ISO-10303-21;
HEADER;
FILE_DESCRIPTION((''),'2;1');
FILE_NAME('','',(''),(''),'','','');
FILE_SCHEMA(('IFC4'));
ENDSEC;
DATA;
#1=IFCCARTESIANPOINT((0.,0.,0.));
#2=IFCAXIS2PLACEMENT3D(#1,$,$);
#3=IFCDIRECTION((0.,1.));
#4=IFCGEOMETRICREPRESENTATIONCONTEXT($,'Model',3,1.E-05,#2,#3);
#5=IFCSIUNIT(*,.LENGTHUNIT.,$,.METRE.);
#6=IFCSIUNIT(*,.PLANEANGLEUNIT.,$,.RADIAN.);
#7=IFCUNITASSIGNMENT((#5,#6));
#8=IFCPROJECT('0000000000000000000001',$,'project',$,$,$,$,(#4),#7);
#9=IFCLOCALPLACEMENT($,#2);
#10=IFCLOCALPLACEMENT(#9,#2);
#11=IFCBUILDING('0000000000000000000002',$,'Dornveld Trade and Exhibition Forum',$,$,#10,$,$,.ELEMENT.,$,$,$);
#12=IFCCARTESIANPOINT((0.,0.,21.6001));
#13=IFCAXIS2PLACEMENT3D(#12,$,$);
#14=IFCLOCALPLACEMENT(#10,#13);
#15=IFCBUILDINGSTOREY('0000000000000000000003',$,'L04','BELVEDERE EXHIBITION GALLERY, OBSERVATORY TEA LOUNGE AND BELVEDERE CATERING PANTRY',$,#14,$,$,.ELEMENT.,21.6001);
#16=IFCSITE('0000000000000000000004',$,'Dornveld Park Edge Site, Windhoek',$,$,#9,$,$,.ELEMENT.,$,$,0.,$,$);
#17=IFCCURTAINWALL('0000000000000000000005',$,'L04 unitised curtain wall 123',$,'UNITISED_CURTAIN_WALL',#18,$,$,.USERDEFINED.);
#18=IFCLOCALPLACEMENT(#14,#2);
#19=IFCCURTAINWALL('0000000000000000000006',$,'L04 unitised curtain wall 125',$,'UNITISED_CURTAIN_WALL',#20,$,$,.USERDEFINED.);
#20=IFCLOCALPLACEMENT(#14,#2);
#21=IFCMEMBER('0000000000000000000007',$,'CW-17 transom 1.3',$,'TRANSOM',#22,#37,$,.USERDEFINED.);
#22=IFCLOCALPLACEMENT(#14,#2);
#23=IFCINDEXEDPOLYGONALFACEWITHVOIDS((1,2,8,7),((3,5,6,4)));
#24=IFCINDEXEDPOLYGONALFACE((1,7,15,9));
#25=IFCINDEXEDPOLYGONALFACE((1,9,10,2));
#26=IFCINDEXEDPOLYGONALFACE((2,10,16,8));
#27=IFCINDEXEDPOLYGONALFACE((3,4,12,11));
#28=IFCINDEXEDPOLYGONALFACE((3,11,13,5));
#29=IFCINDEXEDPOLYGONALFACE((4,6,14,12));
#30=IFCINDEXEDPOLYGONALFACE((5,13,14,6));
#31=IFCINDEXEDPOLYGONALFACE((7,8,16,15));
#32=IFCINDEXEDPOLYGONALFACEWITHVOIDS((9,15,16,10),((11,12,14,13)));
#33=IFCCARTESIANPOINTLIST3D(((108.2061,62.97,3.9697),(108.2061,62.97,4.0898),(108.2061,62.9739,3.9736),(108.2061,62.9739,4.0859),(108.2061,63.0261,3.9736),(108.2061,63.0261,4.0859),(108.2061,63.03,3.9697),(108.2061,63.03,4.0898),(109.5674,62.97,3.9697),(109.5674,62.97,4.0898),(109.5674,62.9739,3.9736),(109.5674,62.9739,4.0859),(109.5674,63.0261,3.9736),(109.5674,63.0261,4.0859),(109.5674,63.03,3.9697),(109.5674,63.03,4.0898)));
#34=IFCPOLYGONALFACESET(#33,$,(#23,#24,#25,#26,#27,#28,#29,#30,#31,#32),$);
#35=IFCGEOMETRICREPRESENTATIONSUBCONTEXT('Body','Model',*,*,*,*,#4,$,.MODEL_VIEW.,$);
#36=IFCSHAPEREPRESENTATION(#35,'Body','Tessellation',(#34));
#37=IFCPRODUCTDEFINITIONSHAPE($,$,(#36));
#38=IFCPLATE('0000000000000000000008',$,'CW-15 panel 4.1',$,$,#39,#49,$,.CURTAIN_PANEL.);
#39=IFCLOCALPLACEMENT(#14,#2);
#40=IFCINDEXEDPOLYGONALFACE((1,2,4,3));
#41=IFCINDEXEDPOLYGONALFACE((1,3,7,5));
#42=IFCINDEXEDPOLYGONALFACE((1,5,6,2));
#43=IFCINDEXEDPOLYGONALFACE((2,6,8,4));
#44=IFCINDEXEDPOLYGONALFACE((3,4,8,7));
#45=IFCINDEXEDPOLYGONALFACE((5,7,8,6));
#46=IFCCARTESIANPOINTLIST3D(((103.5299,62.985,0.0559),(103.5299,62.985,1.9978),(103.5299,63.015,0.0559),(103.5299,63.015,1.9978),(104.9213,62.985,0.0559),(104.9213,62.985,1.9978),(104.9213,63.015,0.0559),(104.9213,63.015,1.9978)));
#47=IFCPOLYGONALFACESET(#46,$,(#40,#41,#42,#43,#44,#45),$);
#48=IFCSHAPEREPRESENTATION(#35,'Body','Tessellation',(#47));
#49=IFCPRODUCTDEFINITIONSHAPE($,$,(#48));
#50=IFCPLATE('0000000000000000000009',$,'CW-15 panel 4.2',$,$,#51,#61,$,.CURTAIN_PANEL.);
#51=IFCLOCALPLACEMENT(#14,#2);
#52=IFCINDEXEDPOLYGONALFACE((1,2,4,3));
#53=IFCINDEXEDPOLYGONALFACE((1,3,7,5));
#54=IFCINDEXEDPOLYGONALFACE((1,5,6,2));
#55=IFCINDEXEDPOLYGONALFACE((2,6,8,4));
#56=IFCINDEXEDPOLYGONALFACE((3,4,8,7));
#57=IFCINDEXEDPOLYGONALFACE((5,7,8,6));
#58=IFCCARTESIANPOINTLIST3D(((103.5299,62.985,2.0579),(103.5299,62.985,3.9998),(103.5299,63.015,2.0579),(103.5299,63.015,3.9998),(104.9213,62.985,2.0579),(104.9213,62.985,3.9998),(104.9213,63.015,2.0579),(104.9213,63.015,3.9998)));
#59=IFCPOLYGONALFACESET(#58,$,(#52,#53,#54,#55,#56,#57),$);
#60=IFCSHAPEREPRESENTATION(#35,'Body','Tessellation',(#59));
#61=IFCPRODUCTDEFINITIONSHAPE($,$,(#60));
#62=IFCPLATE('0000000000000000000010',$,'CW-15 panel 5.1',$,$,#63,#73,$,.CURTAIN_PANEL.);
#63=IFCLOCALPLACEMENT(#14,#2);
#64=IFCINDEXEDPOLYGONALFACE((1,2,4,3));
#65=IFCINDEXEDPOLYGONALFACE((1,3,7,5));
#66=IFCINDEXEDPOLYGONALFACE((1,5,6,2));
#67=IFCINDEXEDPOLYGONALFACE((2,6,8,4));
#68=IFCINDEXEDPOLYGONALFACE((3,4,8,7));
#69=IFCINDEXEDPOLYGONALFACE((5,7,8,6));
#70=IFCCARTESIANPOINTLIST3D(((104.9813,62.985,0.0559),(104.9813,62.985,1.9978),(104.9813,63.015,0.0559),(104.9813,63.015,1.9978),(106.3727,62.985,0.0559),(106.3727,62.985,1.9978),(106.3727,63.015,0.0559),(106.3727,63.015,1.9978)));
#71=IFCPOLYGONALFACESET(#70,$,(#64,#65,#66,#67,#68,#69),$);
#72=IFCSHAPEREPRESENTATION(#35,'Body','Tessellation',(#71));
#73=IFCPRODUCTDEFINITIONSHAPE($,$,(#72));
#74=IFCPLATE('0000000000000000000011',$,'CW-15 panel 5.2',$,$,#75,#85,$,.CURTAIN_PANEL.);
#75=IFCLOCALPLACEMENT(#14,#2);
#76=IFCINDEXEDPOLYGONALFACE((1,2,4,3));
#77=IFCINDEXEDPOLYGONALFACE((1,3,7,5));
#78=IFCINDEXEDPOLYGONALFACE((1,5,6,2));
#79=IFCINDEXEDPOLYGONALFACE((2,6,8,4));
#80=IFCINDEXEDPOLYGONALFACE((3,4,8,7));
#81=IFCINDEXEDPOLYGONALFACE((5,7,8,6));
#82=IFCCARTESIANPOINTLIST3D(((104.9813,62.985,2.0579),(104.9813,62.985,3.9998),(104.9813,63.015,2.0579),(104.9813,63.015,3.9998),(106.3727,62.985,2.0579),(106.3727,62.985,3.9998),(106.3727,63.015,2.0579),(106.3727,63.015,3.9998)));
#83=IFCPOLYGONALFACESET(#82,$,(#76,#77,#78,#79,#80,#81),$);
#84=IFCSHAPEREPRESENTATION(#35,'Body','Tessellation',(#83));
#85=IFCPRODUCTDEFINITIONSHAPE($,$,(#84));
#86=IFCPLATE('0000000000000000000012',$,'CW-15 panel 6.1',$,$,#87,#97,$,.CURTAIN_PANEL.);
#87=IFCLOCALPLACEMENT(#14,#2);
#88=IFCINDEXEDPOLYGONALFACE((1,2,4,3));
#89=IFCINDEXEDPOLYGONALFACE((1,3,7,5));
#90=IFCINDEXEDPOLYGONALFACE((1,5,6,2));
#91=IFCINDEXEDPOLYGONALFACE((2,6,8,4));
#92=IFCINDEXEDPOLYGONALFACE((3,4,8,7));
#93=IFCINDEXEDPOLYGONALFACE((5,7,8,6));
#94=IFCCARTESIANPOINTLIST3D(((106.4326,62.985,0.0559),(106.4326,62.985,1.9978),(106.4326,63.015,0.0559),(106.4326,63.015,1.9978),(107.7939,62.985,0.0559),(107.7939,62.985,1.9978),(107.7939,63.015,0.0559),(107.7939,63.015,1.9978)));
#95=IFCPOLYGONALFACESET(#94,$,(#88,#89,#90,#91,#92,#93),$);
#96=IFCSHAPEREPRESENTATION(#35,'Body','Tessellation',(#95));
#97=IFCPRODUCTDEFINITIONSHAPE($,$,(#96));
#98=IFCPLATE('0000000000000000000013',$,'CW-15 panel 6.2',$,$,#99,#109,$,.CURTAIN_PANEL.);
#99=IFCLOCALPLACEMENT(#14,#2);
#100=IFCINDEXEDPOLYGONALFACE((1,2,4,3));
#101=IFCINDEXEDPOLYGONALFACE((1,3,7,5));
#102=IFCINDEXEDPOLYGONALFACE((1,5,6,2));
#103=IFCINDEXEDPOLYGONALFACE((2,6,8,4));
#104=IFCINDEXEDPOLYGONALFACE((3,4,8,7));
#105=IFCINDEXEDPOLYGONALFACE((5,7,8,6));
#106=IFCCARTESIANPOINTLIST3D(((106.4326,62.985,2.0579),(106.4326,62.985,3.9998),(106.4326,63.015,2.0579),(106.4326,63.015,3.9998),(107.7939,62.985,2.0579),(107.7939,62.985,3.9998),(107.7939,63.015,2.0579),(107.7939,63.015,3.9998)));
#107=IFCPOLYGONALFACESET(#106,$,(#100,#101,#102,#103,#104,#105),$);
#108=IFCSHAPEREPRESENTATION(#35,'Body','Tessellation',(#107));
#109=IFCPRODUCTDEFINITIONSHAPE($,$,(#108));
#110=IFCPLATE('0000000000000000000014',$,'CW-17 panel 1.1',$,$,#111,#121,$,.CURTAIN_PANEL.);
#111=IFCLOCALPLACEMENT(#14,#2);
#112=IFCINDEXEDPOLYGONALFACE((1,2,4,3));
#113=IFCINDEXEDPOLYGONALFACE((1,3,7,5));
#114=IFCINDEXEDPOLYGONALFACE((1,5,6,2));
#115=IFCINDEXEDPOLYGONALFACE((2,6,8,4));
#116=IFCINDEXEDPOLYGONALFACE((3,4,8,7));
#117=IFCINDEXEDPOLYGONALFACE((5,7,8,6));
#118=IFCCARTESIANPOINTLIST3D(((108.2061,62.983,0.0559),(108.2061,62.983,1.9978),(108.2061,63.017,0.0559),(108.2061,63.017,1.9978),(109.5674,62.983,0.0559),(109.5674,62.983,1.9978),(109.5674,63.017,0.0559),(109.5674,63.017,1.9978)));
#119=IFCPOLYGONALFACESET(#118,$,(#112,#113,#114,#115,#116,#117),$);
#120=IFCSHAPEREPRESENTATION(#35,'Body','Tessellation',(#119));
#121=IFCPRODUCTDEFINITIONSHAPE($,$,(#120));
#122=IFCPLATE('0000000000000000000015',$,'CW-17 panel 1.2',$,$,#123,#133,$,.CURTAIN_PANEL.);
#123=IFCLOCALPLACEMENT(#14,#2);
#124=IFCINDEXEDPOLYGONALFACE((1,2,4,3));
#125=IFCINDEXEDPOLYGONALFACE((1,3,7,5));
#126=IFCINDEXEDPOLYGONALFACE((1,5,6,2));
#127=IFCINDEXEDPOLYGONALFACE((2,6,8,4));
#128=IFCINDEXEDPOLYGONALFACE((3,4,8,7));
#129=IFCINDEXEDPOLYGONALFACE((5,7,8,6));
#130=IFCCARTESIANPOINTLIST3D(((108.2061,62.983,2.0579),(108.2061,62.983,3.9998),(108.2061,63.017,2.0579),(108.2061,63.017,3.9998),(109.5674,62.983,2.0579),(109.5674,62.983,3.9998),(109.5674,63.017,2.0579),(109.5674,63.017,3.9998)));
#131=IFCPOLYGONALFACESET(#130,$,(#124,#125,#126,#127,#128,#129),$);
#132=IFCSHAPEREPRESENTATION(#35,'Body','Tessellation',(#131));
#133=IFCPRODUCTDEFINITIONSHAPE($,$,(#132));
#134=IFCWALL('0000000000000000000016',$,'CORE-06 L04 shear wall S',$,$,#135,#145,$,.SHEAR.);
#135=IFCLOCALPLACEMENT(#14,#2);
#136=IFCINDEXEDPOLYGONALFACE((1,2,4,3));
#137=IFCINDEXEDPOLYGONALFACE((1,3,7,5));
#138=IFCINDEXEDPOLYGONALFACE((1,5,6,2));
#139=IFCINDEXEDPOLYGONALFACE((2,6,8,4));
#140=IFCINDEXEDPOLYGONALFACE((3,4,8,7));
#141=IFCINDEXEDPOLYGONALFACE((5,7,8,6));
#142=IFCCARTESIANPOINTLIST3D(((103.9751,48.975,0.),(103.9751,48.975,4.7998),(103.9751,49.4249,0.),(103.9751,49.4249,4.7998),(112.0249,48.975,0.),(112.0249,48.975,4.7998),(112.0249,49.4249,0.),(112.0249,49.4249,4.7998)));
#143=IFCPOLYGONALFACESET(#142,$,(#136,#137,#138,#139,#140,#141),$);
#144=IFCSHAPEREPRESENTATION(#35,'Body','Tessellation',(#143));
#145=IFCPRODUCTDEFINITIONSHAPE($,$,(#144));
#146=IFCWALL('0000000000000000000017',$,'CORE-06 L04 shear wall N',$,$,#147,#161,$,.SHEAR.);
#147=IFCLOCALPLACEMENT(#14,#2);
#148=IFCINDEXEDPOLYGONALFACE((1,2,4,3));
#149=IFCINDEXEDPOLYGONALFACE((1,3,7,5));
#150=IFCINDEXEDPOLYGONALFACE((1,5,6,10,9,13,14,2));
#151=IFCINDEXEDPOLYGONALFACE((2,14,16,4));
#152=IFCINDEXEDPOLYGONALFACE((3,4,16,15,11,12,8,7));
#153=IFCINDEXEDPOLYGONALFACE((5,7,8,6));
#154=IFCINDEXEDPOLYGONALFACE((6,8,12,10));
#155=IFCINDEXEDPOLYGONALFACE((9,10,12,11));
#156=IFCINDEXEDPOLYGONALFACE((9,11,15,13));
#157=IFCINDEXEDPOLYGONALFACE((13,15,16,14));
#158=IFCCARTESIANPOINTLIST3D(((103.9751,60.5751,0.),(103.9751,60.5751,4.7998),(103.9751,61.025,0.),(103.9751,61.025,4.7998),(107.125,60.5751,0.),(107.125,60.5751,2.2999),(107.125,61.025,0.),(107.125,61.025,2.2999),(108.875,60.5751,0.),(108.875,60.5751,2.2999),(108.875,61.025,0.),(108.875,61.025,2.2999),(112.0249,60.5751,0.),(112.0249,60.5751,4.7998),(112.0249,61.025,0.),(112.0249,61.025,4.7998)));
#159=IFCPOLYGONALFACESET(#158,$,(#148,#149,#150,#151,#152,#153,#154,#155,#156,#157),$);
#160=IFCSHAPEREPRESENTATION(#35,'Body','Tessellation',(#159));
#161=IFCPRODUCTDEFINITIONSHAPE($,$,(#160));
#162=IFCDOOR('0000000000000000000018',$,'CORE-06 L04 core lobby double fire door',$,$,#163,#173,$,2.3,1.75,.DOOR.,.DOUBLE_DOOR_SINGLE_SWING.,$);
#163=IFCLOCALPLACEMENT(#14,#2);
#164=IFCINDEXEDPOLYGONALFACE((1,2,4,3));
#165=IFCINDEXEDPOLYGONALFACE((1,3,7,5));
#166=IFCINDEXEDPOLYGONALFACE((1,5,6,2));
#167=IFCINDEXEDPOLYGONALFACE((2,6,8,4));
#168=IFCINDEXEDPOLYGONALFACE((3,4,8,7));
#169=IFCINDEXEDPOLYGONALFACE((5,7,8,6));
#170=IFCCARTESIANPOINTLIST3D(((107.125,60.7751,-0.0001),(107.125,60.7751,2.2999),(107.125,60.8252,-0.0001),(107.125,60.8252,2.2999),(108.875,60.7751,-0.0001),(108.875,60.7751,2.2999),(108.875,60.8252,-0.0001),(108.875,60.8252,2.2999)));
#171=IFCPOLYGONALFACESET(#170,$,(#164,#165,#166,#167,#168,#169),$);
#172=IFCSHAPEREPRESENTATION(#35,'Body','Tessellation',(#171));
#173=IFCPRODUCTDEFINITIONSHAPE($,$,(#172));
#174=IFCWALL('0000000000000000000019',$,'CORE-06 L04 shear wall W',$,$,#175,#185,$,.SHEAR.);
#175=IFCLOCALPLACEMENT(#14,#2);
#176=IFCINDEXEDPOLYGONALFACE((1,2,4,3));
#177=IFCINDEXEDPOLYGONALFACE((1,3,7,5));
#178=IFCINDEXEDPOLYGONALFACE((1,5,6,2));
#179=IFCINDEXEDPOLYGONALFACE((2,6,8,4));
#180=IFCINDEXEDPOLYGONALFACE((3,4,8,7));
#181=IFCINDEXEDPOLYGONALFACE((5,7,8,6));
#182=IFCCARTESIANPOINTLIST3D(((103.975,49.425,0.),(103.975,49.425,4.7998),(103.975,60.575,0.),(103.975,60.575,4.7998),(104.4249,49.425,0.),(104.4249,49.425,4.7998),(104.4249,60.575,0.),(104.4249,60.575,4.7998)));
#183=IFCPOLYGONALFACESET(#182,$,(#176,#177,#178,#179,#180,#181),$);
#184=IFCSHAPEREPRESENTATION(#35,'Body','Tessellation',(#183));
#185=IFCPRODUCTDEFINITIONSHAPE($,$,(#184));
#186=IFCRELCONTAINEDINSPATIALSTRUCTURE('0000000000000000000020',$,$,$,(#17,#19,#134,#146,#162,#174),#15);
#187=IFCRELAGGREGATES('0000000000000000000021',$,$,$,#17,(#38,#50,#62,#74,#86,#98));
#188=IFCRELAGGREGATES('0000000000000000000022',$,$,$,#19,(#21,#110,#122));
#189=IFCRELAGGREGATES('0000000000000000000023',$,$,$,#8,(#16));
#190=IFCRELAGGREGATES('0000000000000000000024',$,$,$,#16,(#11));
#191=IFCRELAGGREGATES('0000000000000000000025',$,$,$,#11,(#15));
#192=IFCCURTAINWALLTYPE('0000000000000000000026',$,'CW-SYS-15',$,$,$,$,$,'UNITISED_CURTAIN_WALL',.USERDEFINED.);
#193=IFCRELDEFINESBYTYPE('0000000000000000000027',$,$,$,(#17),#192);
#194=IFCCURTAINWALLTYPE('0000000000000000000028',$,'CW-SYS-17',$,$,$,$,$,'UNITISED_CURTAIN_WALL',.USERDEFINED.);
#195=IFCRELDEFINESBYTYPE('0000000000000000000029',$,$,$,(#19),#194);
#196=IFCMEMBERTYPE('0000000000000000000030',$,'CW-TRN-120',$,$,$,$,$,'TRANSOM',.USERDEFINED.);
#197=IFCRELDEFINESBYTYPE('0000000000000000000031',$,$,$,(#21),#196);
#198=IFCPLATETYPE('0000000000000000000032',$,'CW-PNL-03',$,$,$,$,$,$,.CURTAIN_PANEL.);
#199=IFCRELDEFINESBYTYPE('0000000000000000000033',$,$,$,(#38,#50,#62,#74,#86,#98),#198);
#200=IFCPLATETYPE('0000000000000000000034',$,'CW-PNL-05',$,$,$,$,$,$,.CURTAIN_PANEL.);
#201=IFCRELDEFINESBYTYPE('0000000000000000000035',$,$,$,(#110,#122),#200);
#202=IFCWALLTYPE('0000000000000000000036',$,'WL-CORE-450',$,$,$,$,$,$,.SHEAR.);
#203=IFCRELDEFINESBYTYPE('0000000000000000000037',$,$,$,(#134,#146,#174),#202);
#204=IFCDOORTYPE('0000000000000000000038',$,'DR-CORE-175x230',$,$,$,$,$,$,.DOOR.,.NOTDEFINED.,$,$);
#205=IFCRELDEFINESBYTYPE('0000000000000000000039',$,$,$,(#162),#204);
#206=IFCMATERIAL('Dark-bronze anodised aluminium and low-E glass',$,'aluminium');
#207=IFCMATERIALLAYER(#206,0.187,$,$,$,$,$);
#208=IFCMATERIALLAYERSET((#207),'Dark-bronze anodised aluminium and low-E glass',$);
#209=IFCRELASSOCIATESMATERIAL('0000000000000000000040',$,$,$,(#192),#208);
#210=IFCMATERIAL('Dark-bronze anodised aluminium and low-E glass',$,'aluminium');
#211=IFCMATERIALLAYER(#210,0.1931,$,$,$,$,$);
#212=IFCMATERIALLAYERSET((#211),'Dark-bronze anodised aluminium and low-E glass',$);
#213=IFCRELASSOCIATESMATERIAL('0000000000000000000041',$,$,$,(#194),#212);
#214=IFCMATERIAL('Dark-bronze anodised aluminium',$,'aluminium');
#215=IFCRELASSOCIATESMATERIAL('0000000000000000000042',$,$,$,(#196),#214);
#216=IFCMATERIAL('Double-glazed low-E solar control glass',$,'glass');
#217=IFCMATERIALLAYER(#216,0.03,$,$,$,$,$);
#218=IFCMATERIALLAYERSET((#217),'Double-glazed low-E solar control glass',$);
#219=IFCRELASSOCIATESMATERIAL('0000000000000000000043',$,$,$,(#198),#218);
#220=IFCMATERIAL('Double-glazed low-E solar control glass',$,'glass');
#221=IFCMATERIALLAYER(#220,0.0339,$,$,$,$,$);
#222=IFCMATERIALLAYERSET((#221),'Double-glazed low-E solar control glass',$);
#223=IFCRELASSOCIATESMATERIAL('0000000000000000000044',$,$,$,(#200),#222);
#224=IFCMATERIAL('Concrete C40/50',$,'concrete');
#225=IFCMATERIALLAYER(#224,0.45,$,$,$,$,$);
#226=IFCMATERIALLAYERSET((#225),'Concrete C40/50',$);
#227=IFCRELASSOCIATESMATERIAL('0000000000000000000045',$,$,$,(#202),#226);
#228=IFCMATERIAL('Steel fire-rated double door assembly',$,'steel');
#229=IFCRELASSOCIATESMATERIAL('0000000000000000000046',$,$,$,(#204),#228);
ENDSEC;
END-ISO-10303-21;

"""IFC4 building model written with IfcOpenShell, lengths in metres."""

from ifc_helpers import new_model, si_unit, direction, frame, frame_2d, origin, origin_2d, place, context, subcontext, project, spatial, rectangle, hollow_rectangle, extrude, material, layer, layer_set, material_profile, profile_set, type_object, element, fill, aggregate, save


model = new_model("IFC4")

# Units and contexts
model_context = context("Model", 3, precision=1e-05, world=origin(), true_north=direction((0.0, 1.0)))
body_context = subcontext(model_context, "Body", "Model", "MODEL_VIEW")
ifc_project = project(units=[si_unit("LENGTHUNIT", "METRE"), si_unit("PLANEANGLEUNIT", "RADIAN")], contexts=[model_context])

# Site, building, storey
site_placement = place(None, origin())
site = spatial("IfcSite", under=ifc_project, at=site_placement, Name="Dornveld Park Edge Site, Windhoek", CompositionType="ELEMENT", RefElevation=0.0)
building_placement = place(site_placement, origin())
building = spatial("IfcBuilding", under=site, at=building_placement, Name="Dornveld Trade and Exhibition Forum", CompositionType="ELEMENT")
storey_placement = place(building_placement, frame((0.0, 0.0, 21.6001)))
storey = spatial("IfcBuildingStorey", under=building, at=storey_placement, Name="L04", Description="BELVEDERE EXHIBITION GALLERY, OBSERVATORY TEA LOUNGE AND BELVEDERE CATERING PANTRY", CompositionType="ELEMENT", Elevation=21.6001)

# Curtain wall
ifc_material_1 = material(Name="Dark-bronze anodised aluminium and low-E glass", Category="aluminium")
ifc_layer_1 = layer(ifc_material_1, 0.187)
ifc_layer_set_1 = layer_set([ifc_layer_1], Name="Dark-bronze anodised aluminium and low-E glass")
curtain_wall_type_1 = type_object("IfcCurtainWallType", Name="CW-SYS-15", ElementType="UNITISED_CURTAIN_WALL", PredefinedType="USERDEFINED", material=ifc_layer_set_1)
curtain_wall_1_placement = place(storey_placement, origin())
curtain_wall_1 = element("IfcCurtainWall", 1, at=curtain_wall_1_placement, inside=storey, type_object=curtain_wall_type_1, Name="L04 unitised curtain wall 123", ObjectType="UNITISED_CURTAIN_WALL", PredefinedType="USERDEFINED")

# Curtain wall
ifc_material_2 = material(Name="Dark-bronze anodised aluminium and low-E glass", Category="aluminium")
ifc_layer_2 = layer(ifc_material_2, 0.1931)
ifc_layer_set_2 = layer_set([ifc_layer_2], Name="Dark-bronze anodised aluminium and low-E glass")
curtain_wall_type_2 = type_object("IfcCurtainWallType", Name="CW-SYS-17", ElementType="UNITISED_CURTAIN_WALL", PredefinedType="USERDEFINED", material=ifc_layer_set_2)
curtain_wall_2_placement = place(storey_placement, origin())
curtain_wall_2 = element("IfcCurtainWall", 2, at=curtain_wall_2_placement, inside=storey, type_object=curtain_wall_type_2, Name="L04 unitised curtain wall 125", ObjectType="UNITISED_CURTAIN_WALL", PredefinedType="USERDEFINED")

# Member
ifc_material_3 = material(Name="Dark-bronze anodised aluminium", Category="aluminium")
ifc_material_profile_1 = material_profile(ifc_material_3, hollow_rectangle(XDim=0.0601, YDim=0.1201, WallThickness=0.0039, at=origin_2d()), Name="RHS 120x60x4")
ifc_profile_set_1 = profile_set([ifc_material_profile_1], Name="Dark-bronze anodised aluminium")
member_type_1 = type_object("IfcMemberType", Name="CW-TRN-120", ElementType="TRANSOM", PredefinedType="USERDEFINED", material=ifc_profile_set_1)
member_1_placement = place(storey_placement, frame((108.2061, 63.0, 4.0298), z_axis=(1.0, 0.0, 0.0), x_axis=(0.0, 1.0, 0.0)))
member_1 = element("IfcMember", 3, at=member_1_placement, type_object=member_type_1, Name="CW-17 transom 1.3", ObjectType="TRANSOM", PredefinedType="USERDEFINED", context=body_context, shape_type="SweptSolid", body=[
    extrude(hollow_rectangle(XDim=0.0601, YDim=0.1201, WallThickness=0.0039, at=origin_2d()), origin(), (0.0, 0.0, 1.0), 1.3613),
])

# Plates
ifc_material_4 = material(Name="Double-glazed low-E solar control glass", Category="glass")
ifc_layer_3 = layer(ifc_material_4, 0.03)
ifc_layer_set_3 = layer_set([ifc_layer_3], Name="Double-glazed low-E solar control glass")
plate_type_1 = type_object("IfcPlateType", Name="CW-PNL-03", PredefinedType="CURTAIN_PANEL", material=ifc_layer_set_3)
plate_1_placement = place(storey_placement, frame((104.2256, 63.0, 0.0559), z_axis=(0.0, 0.0, 1.0), x_axis=(1.0, 0.0, 0.0)))
plate_1 = element("IfcPlate", 4, at=plate_1_placement, type_object=plate_type_1, Name="CW-15 panel 4.1", PredefinedType="CURTAIN_PANEL", context=body_context, shape_type="SweptSolid", body=[
    extrude(rectangle(XDim=1.3914, YDim=0.03, at=origin_2d()), origin(), (0.0, 0.0, 1.0), 1.9419),
])
plate_2_placement = place(storey_placement, frame((104.2256, 63.0, 2.0579), z_axis=(0.0, 0.0, 1.0), x_axis=(1.0, 0.0, 0.0)))
plate_2 = element("IfcPlate", 5, at=plate_2_placement, type_object=plate_type_1, Name="CW-15 panel 4.2", PredefinedType="CURTAIN_PANEL", context=body_context, shape_type="SweptSolid", body=[
    extrude(rectangle(XDim=1.3914, YDim=0.03, at=origin_2d()), origin(), (0.0, 0.0, 1.0), 1.9419),
])
plate_3_placement = place(storey_placement, frame((105.677, 63.0, 0.0559), z_axis=(0.0, 0.0, 1.0), x_axis=(1.0, 0.0, 0.0)))
plate_3 = element("IfcPlate", 6, at=plate_3_placement, type_object=plate_type_1, Name="CW-15 panel 5.1", PredefinedType="CURTAIN_PANEL", context=body_context, shape_type="SweptSolid", body=[
    extrude(rectangle(XDim=1.3914, YDim=0.03, at=origin_2d()), origin(), (0.0, 0.0, 1.0), 1.9419),
])
plate_4_placement = place(storey_placement, frame((105.677, 63.0, 2.0579), z_axis=(0.0, 0.0, 1.0), x_axis=(1.0, 0.0, 0.0)))
plate_4 = element("IfcPlate", 7, at=plate_4_placement, type_object=plate_type_1, Name="CW-15 panel 5.2", PredefinedType="CURTAIN_PANEL", context=body_context, shape_type="SweptSolid", body=[
    extrude(rectangle(XDim=1.3914, YDim=0.03, at=origin_2d()), origin(), (0.0, 0.0, 1.0), 1.9419),
])
plate_5_placement = place(storey_placement, frame((107.1133, 63.0, 0.0559), z_axis=(0.0, 0.0, 1.0), x_axis=(1.0, 0.0, 0.0)))
plate_5 = element("IfcPlate", 8, at=plate_5_placement, type_object=plate_type_1, Name="CW-15 panel 6.1", PredefinedType="CURTAIN_PANEL", context=body_context, shape_type="SweptSolid", body=[
    extrude(rectangle(XDim=1.3613, YDim=0.03, at=origin_2d()), origin(), (0.0, 0.0, 1.0), 1.9419),
])
plate_6_placement = place(storey_placement, frame((107.1133, 63.0, 2.0579), z_axis=(0.0, 0.0, 1.0), x_axis=(1.0, 0.0, 0.0)))
plate_6 = element("IfcPlate", 9, at=plate_6_placement, type_object=plate_type_1, Name="CW-15 panel 6.2", PredefinedType="CURTAIN_PANEL", context=body_context, shape_type="SweptSolid", body=[
    extrude(rectangle(XDim=1.3613, YDim=0.03, at=origin_2d()), origin(), (0.0, 0.0, 1.0), 1.9419),
])
aggregate(curtain_wall_1, [plate_1, plate_2, plate_3, plate_4, plate_5, plate_6])
ifc_material_5 = material(Name="Double-glazed low-E solar control glass", Category="glass")
ifc_layer_4 = layer(ifc_material_5, 0.0339)
ifc_layer_set_4 = layer_set([ifc_layer_4], Name="Double-glazed low-E solar control glass")
plate_type_2 = type_object("IfcPlateType", Name="CW-PNL-05", PredefinedType="CURTAIN_PANEL", material=ifc_layer_set_4)
plate_7_placement = place(storey_placement, frame((108.8867, 63.0, 0.0559), z_axis=(0.0, 0.0, 1.0), x_axis=(1.0, 0.0, 0.0)))
plate_7 = element("IfcPlate", 10, at=plate_7_placement, type_object=plate_type_2, Name="CW-17 panel 1.1", PredefinedType="CURTAIN_PANEL", context=body_context, shape_type="SweptSolid", body=[
    extrude(rectangle(XDim=1.3613, YDim=0.0339, at=origin_2d()), origin(), (0.0, 0.0, 1.0), 1.9419),
])
plate_8_placement = place(storey_placement, frame((108.8867, 63.0, 2.0579), z_axis=(0.0, 0.0, 1.0), x_axis=(1.0, 0.0, 0.0)))
plate_8 = element("IfcPlate", 11, at=plate_8_placement, type_object=plate_type_2, Name="CW-17 panel 1.2", PredefinedType="CURTAIN_PANEL", context=body_context, shape_type="SweptSolid", body=[
    extrude(rectangle(XDim=1.3613, YDim=0.0339, at=origin_2d()), origin(), (0.0, 0.0, 1.0), 1.9419),
])
aggregate(curtain_wall_2, [member_1, plate_7, plate_8])

# Wall
ifc_material_6 = material(Name="Concrete C40/50", Category="concrete")
ifc_layer_5 = layer(ifc_material_6, 0.45)
ifc_layer_set_5 = layer_set([ifc_layer_5], Name="Concrete C40/50")
wall_type_1 = type_object("IfcWallType", Name="WL-CORE-450", PredefinedType="SHEAR", material=ifc_layer_set_5)
wall_1_placement = place(storey_placement, frame((103.9751, 49.2, 0.0), z_axis=(0.0, 0.0, 1.0), x_axis=(1.0, 0.0, 0.0)))
element("IfcWall", 12, at=wall_1_placement, inside=storey, type_object=wall_type_1, Name="CORE-06 L04 shear wall S", PredefinedType="SHEAR", context=body_context, shape_type="SweptSolid", body=[
    extrude(rectangle(XDim=8.0498, YDim=0.45, at=frame_2d((4.0249, 0.0))), origin(), (0.0, 0.0, 1.0), 4.7998),
])

# Wall, opening, door
wall_2_placement = place(storey_placement, frame((103.9751, 60.8, 0.0), z_axis=(0.0, 0.0, 1.0), x_axis=(1.0, 0.0, 0.0)))
wall_2 = element("IfcWall", 13, at=wall_2_placement, inside=storey, type_object=wall_type_1, Name="CORE-06 L04 shear wall N", PredefinedType="SHEAR", context=body_context, shape_type="SweptSolid", body=[
    extrude(rectangle(XDim=8.0498, YDim=0.45, at=frame_2d((4.0249, 0.0))), origin(), (0.0, 0.0, 1.0), 4.7998),
])
opening_1_placement = place(wall_2_placement, frame((3.1499, 0.0, 0.0)))
opening_1 = element("IfcOpeningElement", 14, at=opening_1_placement, cuts=wall_2, PredefinedType="OPENING", context=body_context, shape_type="SweptSolid", body=[
    extrude(rectangle(XDim=1.75, YDim=2.3, at=frame_2d((0.875, 1.1499))), frame((0.0, 0.2349, 0.0), z_axis=(0.0, -1.0, 0.0), x_axis=(1.0, 0.0, 0.0)), (0.0, 0.0, 1.0), 0.47),
])
ifc_material_7 = material(Name="Steel fire-rated double door assembly", Category="steel")
door_type_1 = type_object("IfcDoorType", Name="DR-CORE-175x230", OperationType="NOTDEFINED", PredefinedType="DOOR", material=ifc_material_7)
door_1_placement = place(opening_1_placement, frame((1.75, 0.0, 0.0), z_axis=(0.0, 0.0, 1.0), x_axis=(-1.0, 0.0, 0.0)))
door_1 = element("IfcDoor", 15, at=door_1_placement, inside=storey, type_object=door_type_1, Name="CORE-06 L04 core lobby double fire door", OperationType="DOUBLE_DOOR_SINGLE_SWING", OverallHeight=2.3, OverallWidth=1.75, PredefinedType="DOOR", context=body_context, shape_type="SweptSolid", body=[
    extrude(rectangle(XDim=1.75, YDim=2.3, at=frame_2d((0.875, 1.1499))), frame((0.0, 0.0249, 0.0), z_axis=(0.0, -1.0, 0.0), x_axis=(1.0, 0.0, 0.0)), (0.0, 0.0, 1.0), 0.05),
])
fill(opening_1, door_1)

# Wall
for number, where, z_axis, x_axis, name in (
    (16, (104.2, 49.425, 0.0), (0.0, 0.0, 1.0), (0.0, 1.0, 0.0), "CORE-06 L04 shear wall W"),
):
    element("IfcWall", number, at=place(storey_placement, frame(where, z_axis=z_axis, x_axis=x_axis)), inside=storey, type_object=wall_type_1, Name=name, PredefinedType="SHEAR", context=body_context, shape_type="SweptSolid", body=[
        extrude(rectangle(XDim=11.1499, YDim=0.45, at=frame_2d((5.575, 0.0))), origin(), (0.0, 0.0, 1.0), 4.7998),
    ])

save(model, "model.ifc")
